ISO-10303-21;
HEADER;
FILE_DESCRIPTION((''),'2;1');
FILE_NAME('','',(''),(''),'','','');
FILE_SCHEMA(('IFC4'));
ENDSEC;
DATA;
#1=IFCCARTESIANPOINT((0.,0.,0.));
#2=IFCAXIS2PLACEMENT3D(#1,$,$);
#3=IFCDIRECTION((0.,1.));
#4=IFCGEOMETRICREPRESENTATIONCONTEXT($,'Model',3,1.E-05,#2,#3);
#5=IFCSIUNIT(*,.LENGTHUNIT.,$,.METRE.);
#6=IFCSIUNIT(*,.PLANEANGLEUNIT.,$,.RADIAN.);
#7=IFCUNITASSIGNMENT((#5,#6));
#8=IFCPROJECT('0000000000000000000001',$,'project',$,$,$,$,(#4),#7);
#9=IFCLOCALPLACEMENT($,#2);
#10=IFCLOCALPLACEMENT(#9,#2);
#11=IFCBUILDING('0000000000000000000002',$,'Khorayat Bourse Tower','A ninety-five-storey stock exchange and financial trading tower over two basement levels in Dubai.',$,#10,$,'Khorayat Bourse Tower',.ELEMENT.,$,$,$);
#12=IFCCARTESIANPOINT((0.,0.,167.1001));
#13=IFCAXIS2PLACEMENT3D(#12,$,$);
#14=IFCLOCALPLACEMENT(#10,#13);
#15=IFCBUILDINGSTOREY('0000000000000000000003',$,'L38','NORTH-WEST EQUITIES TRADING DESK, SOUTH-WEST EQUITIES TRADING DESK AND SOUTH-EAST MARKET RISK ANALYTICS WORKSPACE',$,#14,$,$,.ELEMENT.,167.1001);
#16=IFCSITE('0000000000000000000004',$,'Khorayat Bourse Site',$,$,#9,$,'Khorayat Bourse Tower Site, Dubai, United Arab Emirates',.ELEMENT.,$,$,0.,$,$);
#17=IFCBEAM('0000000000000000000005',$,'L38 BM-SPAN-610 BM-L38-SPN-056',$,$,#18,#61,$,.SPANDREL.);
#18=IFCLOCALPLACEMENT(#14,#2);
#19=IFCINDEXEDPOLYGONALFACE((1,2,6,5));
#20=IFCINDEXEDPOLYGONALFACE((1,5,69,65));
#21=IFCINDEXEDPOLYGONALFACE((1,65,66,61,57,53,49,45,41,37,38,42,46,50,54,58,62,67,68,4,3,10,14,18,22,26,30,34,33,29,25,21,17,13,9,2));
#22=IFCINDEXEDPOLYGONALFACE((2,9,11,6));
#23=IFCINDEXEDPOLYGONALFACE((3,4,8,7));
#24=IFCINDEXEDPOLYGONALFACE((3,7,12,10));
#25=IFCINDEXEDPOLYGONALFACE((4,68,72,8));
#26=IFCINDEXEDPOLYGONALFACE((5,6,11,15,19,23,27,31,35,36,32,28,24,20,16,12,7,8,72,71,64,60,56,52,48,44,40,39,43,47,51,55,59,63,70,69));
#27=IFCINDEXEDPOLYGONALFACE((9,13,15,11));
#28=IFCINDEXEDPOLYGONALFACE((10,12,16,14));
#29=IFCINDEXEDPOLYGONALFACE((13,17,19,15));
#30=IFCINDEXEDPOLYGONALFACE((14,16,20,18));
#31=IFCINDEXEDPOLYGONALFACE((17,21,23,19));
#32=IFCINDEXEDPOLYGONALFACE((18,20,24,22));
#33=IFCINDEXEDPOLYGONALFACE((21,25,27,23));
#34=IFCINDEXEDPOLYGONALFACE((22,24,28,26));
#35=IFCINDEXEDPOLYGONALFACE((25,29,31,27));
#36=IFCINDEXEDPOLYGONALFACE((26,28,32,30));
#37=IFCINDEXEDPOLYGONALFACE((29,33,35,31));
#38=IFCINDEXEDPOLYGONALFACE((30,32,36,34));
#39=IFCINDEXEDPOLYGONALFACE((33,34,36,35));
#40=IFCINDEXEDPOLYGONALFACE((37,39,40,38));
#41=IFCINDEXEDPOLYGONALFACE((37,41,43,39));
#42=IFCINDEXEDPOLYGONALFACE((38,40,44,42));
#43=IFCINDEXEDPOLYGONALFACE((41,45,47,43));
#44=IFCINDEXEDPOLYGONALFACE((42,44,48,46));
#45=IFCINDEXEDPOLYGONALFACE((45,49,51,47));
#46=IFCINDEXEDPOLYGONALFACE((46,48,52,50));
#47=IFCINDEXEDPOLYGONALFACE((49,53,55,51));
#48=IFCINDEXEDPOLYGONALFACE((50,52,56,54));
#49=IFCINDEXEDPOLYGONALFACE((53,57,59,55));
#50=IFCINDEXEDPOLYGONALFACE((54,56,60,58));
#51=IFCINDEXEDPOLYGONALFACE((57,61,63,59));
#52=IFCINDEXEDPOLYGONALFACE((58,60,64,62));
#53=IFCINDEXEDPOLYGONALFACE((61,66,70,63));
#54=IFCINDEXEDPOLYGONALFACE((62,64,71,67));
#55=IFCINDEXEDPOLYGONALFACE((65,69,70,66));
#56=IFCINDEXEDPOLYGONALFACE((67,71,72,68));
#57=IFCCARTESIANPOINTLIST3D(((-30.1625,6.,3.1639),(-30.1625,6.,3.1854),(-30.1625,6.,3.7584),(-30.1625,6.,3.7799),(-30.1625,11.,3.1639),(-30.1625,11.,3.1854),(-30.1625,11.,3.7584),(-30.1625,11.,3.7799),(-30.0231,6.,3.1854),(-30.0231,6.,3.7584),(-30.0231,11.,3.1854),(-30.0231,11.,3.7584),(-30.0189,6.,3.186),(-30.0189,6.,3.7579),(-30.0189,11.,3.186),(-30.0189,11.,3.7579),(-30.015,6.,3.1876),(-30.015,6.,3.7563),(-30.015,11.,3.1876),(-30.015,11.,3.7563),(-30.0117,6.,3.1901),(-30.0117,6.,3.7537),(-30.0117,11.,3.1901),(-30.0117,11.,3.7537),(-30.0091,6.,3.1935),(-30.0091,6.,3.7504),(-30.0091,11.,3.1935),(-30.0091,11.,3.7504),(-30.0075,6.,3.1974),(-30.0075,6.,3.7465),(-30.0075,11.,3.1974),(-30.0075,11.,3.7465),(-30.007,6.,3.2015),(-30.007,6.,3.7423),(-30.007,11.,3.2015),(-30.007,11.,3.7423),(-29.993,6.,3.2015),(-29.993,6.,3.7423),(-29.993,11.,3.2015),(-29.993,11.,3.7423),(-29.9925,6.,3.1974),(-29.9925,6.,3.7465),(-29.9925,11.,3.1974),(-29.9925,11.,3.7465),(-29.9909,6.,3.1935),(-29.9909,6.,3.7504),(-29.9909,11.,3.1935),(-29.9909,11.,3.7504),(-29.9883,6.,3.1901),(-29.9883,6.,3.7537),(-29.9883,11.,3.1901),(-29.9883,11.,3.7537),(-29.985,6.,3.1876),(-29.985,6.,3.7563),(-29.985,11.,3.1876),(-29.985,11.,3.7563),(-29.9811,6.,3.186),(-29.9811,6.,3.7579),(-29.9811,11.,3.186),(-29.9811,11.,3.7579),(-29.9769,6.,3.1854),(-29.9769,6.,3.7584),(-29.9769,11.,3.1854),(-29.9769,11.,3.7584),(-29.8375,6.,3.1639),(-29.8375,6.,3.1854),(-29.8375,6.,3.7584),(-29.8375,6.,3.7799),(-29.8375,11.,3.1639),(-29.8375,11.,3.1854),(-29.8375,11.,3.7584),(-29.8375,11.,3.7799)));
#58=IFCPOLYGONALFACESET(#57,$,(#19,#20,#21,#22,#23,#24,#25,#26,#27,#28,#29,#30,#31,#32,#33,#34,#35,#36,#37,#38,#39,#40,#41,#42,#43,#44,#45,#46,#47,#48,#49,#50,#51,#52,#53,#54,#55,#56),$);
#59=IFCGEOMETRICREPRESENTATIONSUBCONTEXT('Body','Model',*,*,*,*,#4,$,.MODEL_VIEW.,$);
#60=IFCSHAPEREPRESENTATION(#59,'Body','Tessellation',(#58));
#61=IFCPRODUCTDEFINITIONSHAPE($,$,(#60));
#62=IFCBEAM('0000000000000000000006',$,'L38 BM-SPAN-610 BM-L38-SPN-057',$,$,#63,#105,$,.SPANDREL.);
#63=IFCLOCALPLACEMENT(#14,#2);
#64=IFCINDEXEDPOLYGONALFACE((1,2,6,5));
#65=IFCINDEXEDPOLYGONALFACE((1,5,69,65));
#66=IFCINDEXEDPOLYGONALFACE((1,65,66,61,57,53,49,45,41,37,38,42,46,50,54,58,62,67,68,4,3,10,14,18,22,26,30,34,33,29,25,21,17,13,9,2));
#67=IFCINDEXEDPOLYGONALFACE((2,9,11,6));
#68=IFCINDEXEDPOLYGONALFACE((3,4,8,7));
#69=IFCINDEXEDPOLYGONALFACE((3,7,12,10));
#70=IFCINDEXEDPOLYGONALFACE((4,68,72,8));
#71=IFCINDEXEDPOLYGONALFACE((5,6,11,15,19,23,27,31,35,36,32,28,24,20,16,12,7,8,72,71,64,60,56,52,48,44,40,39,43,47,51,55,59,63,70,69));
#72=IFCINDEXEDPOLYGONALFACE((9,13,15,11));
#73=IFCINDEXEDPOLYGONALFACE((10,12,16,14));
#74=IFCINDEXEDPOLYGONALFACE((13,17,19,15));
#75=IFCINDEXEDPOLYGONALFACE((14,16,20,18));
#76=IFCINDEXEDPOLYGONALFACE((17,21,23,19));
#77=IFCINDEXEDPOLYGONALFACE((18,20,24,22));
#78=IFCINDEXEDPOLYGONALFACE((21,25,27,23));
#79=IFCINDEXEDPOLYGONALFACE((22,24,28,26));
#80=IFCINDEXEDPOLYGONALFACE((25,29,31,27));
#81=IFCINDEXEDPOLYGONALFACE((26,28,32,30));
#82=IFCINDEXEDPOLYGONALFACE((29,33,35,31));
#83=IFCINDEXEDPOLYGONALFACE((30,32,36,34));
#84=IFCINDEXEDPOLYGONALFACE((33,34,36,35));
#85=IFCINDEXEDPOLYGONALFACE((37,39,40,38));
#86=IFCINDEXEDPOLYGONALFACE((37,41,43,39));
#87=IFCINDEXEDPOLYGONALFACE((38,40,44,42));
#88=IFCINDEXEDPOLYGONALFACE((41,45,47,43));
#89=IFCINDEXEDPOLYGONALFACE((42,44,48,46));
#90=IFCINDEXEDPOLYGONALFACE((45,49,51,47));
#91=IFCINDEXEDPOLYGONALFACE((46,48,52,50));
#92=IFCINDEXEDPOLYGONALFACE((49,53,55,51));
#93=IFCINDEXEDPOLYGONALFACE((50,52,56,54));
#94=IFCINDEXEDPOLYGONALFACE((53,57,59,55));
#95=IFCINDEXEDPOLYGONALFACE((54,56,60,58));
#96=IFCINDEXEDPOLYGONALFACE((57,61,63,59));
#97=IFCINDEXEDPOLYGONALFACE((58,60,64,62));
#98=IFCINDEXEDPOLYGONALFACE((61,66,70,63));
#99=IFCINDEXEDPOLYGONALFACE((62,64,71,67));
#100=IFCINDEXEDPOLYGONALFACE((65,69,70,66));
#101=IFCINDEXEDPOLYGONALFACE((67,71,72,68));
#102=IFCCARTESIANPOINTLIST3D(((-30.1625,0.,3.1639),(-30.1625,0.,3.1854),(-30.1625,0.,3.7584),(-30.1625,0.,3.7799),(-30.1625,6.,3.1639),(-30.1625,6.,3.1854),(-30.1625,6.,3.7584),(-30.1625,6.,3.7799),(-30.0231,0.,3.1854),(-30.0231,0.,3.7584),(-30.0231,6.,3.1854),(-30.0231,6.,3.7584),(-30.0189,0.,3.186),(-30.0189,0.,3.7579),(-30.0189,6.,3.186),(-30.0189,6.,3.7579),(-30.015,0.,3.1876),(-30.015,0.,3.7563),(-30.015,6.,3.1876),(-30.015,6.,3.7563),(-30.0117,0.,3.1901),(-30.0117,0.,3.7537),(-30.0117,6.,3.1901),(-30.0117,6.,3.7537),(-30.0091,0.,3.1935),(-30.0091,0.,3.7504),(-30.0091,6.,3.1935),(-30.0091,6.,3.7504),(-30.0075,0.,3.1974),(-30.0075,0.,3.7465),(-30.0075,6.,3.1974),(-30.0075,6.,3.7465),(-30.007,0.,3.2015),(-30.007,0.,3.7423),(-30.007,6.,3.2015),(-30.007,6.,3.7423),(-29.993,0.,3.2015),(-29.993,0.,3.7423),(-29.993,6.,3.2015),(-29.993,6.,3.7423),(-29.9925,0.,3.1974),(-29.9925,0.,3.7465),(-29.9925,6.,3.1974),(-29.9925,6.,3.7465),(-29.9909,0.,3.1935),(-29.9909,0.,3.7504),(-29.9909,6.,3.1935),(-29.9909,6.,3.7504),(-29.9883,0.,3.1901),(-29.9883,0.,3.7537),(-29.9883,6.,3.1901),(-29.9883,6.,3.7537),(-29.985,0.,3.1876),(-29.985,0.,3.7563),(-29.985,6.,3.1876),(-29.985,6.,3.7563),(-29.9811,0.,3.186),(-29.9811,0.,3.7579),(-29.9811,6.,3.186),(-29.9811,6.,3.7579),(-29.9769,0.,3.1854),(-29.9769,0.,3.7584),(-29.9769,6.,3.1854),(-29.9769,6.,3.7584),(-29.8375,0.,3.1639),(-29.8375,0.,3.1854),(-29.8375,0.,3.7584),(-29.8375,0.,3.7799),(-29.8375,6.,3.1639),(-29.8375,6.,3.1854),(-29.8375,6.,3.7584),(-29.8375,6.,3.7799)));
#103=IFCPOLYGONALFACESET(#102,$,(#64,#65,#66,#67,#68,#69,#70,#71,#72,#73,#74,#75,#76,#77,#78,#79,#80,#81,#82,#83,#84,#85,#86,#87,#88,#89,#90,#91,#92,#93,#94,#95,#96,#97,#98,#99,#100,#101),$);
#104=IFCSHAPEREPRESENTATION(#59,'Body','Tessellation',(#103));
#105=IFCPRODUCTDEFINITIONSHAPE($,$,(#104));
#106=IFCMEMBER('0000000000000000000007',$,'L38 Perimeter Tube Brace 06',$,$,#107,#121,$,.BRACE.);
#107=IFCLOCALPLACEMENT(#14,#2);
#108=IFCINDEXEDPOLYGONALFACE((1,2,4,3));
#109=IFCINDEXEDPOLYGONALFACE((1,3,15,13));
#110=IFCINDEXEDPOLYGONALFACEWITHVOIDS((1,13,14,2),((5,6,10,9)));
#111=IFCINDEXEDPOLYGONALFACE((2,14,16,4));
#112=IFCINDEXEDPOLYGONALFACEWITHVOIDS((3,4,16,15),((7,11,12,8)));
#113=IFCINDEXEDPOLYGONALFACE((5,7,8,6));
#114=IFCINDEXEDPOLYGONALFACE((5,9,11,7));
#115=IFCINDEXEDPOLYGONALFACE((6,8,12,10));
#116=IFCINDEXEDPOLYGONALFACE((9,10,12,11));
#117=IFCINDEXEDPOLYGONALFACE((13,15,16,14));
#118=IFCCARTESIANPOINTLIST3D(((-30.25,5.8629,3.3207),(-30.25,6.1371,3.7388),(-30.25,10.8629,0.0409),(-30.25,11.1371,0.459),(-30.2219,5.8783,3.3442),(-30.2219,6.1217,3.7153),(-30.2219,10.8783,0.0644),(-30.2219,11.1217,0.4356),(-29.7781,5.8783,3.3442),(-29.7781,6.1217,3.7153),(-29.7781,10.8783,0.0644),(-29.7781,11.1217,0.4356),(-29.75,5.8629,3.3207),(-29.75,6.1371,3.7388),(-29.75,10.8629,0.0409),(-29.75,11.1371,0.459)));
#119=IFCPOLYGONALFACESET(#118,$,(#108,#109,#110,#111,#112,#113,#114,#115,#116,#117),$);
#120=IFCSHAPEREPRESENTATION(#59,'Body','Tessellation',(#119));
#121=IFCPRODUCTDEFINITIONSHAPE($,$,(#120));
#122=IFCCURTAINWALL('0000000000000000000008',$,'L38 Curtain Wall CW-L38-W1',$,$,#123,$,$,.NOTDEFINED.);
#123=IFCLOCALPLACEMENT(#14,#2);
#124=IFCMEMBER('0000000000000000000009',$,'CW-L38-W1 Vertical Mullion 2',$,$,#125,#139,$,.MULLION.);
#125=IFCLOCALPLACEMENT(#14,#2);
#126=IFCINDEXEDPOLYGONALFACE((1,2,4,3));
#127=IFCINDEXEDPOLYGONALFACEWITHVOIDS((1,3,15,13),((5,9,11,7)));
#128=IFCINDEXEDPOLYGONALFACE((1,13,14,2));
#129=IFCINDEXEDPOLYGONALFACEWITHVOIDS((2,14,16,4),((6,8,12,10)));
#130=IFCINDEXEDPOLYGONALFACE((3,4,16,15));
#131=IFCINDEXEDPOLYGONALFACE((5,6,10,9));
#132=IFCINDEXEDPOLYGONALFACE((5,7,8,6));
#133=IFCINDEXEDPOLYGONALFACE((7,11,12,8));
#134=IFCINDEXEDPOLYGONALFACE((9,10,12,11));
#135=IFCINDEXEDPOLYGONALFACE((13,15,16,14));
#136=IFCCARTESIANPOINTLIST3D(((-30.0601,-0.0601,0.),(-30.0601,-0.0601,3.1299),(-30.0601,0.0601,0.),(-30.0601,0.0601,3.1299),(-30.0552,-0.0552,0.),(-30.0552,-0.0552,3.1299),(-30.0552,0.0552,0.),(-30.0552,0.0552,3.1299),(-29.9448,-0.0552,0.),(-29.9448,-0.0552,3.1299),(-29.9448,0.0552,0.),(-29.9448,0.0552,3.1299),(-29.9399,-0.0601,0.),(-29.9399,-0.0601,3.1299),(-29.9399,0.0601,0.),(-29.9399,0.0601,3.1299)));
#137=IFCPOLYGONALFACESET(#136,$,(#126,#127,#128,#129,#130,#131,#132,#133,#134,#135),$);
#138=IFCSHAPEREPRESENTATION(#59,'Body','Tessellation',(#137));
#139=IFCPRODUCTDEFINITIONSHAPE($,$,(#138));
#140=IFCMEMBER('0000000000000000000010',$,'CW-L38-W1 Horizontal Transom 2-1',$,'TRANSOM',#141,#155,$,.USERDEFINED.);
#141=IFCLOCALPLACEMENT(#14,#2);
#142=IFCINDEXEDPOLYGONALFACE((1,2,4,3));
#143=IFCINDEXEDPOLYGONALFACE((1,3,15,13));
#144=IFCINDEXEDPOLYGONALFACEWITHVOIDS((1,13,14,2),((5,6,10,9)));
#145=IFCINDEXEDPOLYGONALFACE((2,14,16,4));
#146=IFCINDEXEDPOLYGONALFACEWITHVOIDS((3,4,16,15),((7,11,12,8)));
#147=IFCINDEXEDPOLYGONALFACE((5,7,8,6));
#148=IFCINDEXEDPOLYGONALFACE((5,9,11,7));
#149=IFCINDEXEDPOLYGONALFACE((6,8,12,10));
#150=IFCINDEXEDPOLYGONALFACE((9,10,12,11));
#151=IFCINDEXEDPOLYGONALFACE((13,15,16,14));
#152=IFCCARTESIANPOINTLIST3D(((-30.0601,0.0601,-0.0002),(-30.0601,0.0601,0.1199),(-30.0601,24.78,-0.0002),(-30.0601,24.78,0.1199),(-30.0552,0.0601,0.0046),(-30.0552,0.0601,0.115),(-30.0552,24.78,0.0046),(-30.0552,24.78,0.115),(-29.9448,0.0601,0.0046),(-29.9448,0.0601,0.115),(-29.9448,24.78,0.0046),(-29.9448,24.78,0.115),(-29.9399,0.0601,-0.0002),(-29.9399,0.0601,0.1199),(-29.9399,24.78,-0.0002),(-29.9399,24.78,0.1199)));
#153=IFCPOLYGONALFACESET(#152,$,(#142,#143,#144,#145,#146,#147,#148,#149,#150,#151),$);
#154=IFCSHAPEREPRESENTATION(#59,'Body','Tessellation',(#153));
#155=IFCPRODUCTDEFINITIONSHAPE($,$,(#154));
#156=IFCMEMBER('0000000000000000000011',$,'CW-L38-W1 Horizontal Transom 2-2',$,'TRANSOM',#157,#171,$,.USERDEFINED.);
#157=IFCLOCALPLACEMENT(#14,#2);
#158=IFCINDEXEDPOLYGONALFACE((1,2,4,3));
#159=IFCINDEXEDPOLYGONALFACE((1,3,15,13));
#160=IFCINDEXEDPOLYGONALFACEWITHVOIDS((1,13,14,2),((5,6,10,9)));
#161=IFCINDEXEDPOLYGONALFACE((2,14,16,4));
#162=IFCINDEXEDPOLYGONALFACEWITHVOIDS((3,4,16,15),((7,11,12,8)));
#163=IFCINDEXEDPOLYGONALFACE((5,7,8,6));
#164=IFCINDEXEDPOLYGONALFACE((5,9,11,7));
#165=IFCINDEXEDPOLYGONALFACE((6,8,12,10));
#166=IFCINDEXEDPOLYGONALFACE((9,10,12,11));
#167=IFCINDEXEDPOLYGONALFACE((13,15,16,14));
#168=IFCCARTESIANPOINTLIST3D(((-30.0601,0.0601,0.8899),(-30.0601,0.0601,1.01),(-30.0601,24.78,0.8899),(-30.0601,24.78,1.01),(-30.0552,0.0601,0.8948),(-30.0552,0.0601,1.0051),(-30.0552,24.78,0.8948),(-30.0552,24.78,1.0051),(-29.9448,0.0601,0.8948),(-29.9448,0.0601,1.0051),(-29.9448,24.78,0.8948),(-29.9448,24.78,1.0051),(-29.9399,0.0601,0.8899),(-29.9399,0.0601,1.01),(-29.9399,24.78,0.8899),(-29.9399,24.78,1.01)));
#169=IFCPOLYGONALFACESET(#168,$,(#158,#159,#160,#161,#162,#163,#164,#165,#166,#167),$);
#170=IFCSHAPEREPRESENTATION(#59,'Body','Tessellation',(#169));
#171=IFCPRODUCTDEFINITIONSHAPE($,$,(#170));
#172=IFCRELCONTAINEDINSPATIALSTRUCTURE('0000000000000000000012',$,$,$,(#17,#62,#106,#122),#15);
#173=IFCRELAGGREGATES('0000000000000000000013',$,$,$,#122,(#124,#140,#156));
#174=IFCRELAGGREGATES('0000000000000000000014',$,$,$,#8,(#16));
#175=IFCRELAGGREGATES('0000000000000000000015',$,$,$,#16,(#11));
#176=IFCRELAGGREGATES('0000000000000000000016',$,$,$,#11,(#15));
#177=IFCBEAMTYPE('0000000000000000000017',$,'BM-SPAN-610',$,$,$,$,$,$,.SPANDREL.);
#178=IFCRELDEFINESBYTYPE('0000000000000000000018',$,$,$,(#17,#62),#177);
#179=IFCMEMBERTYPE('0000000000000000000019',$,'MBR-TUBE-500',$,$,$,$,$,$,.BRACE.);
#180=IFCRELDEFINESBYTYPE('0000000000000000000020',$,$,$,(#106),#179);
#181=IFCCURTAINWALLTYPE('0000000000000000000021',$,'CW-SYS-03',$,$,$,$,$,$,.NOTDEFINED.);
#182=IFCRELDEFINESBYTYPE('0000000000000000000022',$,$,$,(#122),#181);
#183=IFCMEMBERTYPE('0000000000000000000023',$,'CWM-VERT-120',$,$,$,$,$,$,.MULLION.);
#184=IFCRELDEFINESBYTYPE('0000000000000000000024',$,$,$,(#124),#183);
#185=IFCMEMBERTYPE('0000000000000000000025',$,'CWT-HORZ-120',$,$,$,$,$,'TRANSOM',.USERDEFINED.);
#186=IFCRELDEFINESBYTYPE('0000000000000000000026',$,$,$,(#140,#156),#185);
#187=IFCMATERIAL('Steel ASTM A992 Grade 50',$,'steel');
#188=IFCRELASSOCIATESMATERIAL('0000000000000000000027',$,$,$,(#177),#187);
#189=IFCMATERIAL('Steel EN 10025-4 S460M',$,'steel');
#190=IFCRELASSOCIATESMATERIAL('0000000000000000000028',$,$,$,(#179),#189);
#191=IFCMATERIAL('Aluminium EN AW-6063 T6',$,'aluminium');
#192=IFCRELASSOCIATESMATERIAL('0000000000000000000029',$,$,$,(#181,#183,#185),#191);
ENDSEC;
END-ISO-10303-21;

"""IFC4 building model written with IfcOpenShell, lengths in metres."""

from ifc_helpers import new_model, si_unit, direction, frame, origin, origin_2d, place, context, subcontext, project, spatial, hollow_rectangle, i_section, extrude, source, transform, mapped, material, material_profile, profile_set, type_object, element, aggregate, save


model = new_model("IFC4")

# Units and contexts
model_context = context("Model", 3, precision=1e-05, world=origin(), true_north=direction((0.0, 1.0)))
body_context = subcontext(model_context, "Body", "Model", "MODEL_VIEW")
ifc_project = project(units=[si_unit("LENGTHUNIT", "METRE"), si_unit("PLANEANGLEUNIT", "RADIAN")], contexts=[model_context])

# Site, building, storey
site_placement = place(None, origin())
site = spatial("IfcSite", under=ifc_project, at=site_placement, Name="Khorayat Bourse Site", LongName="Khorayat Bourse Tower Site, Dubai, United Arab Emirates", CompositionType="ELEMENT", RefElevation=0.0)
building_placement = place(site_placement, origin())
building = spatial("IfcBuilding", under=site, at=building_placement, Name="Khorayat Bourse Tower", Description="A ninety-five-storey stock exchange and financial trading tower over two basement levels in Dubai.", LongName="Khorayat Bourse Tower", CompositionType="ELEMENT")
storey_placement = place(building_placement, frame((0.0, 0.0, 167.1001)))
storey = spatial("IfcBuildingStorey", under=building, at=storey_placement, Name="L38", Description="NORTH-WEST EQUITIES TRADING DESK, SOUTH-WEST EQUITIES TRADING DESK AND SOUTH-EAST MARKET RISK ANALYTICS WORKSPACE", CompositionType="ELEMENT", Elevation=167.1001)

# Shared definitions
ifc_material_1 = material(Name="Steel EN 10025-4 S460M", Category="steel")

# Beams
ifc_material_2 = material(Name="Steel ASTM A992 Grade 50", Category="steel")
ifc_material_profile_1 = material_profile(ifc_material_2, i_section(OverallWidth=0.325, OverallDepth=0.616, WebThickness=0.0139, FlangeThickness=0.0215, FilletRadius=0.0161, at=origin_2d()), Name="W610X174")
ifc_profile_set_1 = profile_set([ifc_material_profile_1], Name="Steel ASTM A992 Grade 50")
beam_type_1 = type_object("IfcBeamType", Name="BM-SPAN-610", PredefinedType="SPANDREL", material=ifc_profile_set_1)
shared_shape_1 = source(origin(), body_context, "Body", "SweptSolid", [
    extrude(i_section(OverallWidth=0.325, OverallDepth=0.616, WebThickness=0.0139, FlangeThickness=0.0215, FilletRadius=0.0161, at=origin_2d()), origin(), (0.0, 0.0, 1.0), 5.0),
])
beam_1_placement = place(storey_placement, frame((-30.0, 6.0, 3.4719), z_axis=(0.0, 1.0, 0.0), x_axis=(-1.0, 0.0, 0.0)))
element("IfcBeam", 1, at=beam_1_placement, inside=storey, type_object=beam_type_1, Name="L38 BM-SPAN-610 BM-L38-SPN-056", PredefinedType="SPANDREL", context=body_context, shape_type="MappedRepresentation", body=[
    mapped(shared_shape_1, transform((0.0, 0.0, 0.0), scale=1.0)),
])
shared_shape_2 = source(origin(), body_context, "Body", "SweptSolid", [
    extrude(i_section(OverallWidth=0.325, OverallDepth=0.616, WebThickness=0.0139, FlangeThickness=0.0215, FilletRadius=0.0161, at=origin_2d()), origin(), (0.0, 0.0, 1.0), 6.0),
])
beam_2_placement = place(storey_placement, frame((-30.0, 0.0, 3.4719), z_axis=(0.0, 1.0, 0.0), x_axis=(-1.0, 0.0, 0.0)))
element("IfcBeam", 2, at=beam_2_placement, inside=storey, type_object=beam_type_1, Name="L38 BM-SPAN-610 BM-L38-SPN-057", PredefinedType="SPANDREL", context=body_context, shape_type="MappedRepresentation", body=[
    mapped(shared_shape_2, transform((0.0, 0.0, 0.0), scale=1.0)),
])

# Member
ifc_material_profile_2 = material_profile(ifc_material_1, hollow_rectangle(XDim=0.5, YDim=0.5, WallThickness=0.0281, at=origin_2d()), Name="HSS 500x500x28")
ifc_profile_set_2 = profile_set([ifc_material_profile_2], Name="Steel EN 10025-4 S460M")
member_type_1 = type_object("IfcMemberType", Name="MBR-TUBE-500", PredefinedType="BRACE", material=ifc_profile_set_2)
shared_shape_3 = source(origin(), body_context, "Body", "SweptSolid", [
    extrude(hollow_rectangle(XDim=0.5, YDim=0.5, WallThickness=0.0281, at=origin_2d()), origin(), (0.0, 0.0, 1.0), 5.9797),
])
member_1_placement = place(storey_placement, frame((-30.0, 6.0, 3.5298), z_axis=(0.0, 0.83616, -0.548485), x_axis=(-1.0, 0.0, 0.0)))
element("IfcMember", 3, at=member_1_placement, inside=storey, type_object=member_type_1, Name="L38 Perimeter Tube Brace 06", PredefinedType="BRACE", context=body_context, shape_type="MappedRepresentation", body=[
    mapped(shared_shape_3, transform((0.0, 0.0, 0.0), scale=1.0)),
])

# Curtain wall, members
ifc_material_3 = material(Name="Aluminium EN AW-6063 T6", Category="aluminium")
curtain_wall_type = type_object("IfcCurtainWallType", Name="CW-SYS-03", PredefinedType="NOTDEFINED", material=ifc_material_3)
curtain_wall_placement = place(storey_placement, origin())
curtain_wall = element("IfcCurtainWall", 4, at=curtain_wall_placement, inside=storey, type_object=curtain_wall_type, Name="L38 Curtain Wall CW-L38-W1", PredefinedType="NOTDEFINED")
ifc_material_profile_3 = material_profile(ifc_material_3, hollow_rectangle(XDim=0.1201, YDim=0.1201, WallThickness=0.0049, at=origin_2d()), Name="ALU 120x120x5")
ifc_profile_set_3 = profile_set([ifc_material_profile_3], Name="Aluminium EN AW-6063 T6")
member_type_2 = type_object("IfcMemberType", Name="CWM-VERT-120", PredefinedType="MULLION", material=ifc_profile_set_3)
shared_shape_4 = source(origin(), body_context, "Body", "SweptSolid", [
    extrude(hollow_rectangle(XDim=0.1201, YDim=0.1201, WallThickness=0.0049, at=origin_2d()), origin(), (0.0, 0.0, 1.0), 3.1299),
])
member_2_placement = place(storey_placement, frame((-30.0, 0.0, 0.0), z_axis=(0.0, 0.0, 1.0), x_axis=(-1.0, 0.0, 0.0)))
member_2 = element("IfcMember", 5, at=member_2_placement, type_object=member_type_2, Name="CW-L38-W1 Vertical Mullion 2", PredefinedType="MULLION", context=body_context, shape_type="MappedRepresentation", body=[
    mapped(shared_shape_4, transform((0.0, 0.0, 0.0), scale=1.0)),
])
ifc_material_profile_4 = material_profile(ifc_material_3, hollow_rectangle(XDim=0.1201, YDim=0.1201, WallThickness=0.0049, at=origin_2d()), Name="ALU 120x120x5")
ifc_profile_set_4 = profile_set([ifc_material_profile_4], Name="Aluminium EN AW-6063 T6")
member_type_3 = type_object("IfcMemberType", Name="CWT-HORZ-120", ElementType="TRANSOM", PredefinedType="USERDEFINED", material=ifc_profile_set_4)
shared_shape_5 = source(origin(), body_context, "Body", "SweptSolid", [
    extrude(hollow_rectangle(XDim=0.1201, YDim=0.1201, WallThickness=0.0049, at=origin_2d()), origin(), (0.0, 0.0, 1.0), 24.72),
])
member_3_placement = place(storey_placement, frame((-30.0, 0.0601, 0.0598), z_axis=(0.0, 1.0, 0.0), x_axis=(-1.0, 0.0, 0.0)))
member_3 = element("IfcMember", 6, at=member_3_placement, type_object=member_type_3, Name="CW-L38-W1 Horizontal Transom 2-1", ObjectType="TRANSOM", PredefinedType="USERDEFINED", context=body_context, shape_type="MappedRepresentation", body=[
    mapped(shared_shape_5, transform((0.0, 0.0, 0.0), scale=1.0)),
])
member_4_placement = place(storey_placement, frame((-30.0, 0.0601, 0.95), z_axis=(0.0, 1.0, 0.0), x_axis=(-1.0, 0.0, 0.0)))
member_4 = element("IfcMember", 7, at=member_4_placement, type_object=member_type_3, Name="CW-L38-W1 Horizontal Transom 2-2", ObjectType="TRANSOM", PredefinedType="USERDEFINED", context=body_context, shape_type="MappedRepresentation", body=[
    mapped(shared_shape_5, transform((0.0, 0.0, 0.0), scale=1.0)),
])
aggregate(curtain_wall, [member_2, member_3, member_4])

save(model, "model.ifc")
